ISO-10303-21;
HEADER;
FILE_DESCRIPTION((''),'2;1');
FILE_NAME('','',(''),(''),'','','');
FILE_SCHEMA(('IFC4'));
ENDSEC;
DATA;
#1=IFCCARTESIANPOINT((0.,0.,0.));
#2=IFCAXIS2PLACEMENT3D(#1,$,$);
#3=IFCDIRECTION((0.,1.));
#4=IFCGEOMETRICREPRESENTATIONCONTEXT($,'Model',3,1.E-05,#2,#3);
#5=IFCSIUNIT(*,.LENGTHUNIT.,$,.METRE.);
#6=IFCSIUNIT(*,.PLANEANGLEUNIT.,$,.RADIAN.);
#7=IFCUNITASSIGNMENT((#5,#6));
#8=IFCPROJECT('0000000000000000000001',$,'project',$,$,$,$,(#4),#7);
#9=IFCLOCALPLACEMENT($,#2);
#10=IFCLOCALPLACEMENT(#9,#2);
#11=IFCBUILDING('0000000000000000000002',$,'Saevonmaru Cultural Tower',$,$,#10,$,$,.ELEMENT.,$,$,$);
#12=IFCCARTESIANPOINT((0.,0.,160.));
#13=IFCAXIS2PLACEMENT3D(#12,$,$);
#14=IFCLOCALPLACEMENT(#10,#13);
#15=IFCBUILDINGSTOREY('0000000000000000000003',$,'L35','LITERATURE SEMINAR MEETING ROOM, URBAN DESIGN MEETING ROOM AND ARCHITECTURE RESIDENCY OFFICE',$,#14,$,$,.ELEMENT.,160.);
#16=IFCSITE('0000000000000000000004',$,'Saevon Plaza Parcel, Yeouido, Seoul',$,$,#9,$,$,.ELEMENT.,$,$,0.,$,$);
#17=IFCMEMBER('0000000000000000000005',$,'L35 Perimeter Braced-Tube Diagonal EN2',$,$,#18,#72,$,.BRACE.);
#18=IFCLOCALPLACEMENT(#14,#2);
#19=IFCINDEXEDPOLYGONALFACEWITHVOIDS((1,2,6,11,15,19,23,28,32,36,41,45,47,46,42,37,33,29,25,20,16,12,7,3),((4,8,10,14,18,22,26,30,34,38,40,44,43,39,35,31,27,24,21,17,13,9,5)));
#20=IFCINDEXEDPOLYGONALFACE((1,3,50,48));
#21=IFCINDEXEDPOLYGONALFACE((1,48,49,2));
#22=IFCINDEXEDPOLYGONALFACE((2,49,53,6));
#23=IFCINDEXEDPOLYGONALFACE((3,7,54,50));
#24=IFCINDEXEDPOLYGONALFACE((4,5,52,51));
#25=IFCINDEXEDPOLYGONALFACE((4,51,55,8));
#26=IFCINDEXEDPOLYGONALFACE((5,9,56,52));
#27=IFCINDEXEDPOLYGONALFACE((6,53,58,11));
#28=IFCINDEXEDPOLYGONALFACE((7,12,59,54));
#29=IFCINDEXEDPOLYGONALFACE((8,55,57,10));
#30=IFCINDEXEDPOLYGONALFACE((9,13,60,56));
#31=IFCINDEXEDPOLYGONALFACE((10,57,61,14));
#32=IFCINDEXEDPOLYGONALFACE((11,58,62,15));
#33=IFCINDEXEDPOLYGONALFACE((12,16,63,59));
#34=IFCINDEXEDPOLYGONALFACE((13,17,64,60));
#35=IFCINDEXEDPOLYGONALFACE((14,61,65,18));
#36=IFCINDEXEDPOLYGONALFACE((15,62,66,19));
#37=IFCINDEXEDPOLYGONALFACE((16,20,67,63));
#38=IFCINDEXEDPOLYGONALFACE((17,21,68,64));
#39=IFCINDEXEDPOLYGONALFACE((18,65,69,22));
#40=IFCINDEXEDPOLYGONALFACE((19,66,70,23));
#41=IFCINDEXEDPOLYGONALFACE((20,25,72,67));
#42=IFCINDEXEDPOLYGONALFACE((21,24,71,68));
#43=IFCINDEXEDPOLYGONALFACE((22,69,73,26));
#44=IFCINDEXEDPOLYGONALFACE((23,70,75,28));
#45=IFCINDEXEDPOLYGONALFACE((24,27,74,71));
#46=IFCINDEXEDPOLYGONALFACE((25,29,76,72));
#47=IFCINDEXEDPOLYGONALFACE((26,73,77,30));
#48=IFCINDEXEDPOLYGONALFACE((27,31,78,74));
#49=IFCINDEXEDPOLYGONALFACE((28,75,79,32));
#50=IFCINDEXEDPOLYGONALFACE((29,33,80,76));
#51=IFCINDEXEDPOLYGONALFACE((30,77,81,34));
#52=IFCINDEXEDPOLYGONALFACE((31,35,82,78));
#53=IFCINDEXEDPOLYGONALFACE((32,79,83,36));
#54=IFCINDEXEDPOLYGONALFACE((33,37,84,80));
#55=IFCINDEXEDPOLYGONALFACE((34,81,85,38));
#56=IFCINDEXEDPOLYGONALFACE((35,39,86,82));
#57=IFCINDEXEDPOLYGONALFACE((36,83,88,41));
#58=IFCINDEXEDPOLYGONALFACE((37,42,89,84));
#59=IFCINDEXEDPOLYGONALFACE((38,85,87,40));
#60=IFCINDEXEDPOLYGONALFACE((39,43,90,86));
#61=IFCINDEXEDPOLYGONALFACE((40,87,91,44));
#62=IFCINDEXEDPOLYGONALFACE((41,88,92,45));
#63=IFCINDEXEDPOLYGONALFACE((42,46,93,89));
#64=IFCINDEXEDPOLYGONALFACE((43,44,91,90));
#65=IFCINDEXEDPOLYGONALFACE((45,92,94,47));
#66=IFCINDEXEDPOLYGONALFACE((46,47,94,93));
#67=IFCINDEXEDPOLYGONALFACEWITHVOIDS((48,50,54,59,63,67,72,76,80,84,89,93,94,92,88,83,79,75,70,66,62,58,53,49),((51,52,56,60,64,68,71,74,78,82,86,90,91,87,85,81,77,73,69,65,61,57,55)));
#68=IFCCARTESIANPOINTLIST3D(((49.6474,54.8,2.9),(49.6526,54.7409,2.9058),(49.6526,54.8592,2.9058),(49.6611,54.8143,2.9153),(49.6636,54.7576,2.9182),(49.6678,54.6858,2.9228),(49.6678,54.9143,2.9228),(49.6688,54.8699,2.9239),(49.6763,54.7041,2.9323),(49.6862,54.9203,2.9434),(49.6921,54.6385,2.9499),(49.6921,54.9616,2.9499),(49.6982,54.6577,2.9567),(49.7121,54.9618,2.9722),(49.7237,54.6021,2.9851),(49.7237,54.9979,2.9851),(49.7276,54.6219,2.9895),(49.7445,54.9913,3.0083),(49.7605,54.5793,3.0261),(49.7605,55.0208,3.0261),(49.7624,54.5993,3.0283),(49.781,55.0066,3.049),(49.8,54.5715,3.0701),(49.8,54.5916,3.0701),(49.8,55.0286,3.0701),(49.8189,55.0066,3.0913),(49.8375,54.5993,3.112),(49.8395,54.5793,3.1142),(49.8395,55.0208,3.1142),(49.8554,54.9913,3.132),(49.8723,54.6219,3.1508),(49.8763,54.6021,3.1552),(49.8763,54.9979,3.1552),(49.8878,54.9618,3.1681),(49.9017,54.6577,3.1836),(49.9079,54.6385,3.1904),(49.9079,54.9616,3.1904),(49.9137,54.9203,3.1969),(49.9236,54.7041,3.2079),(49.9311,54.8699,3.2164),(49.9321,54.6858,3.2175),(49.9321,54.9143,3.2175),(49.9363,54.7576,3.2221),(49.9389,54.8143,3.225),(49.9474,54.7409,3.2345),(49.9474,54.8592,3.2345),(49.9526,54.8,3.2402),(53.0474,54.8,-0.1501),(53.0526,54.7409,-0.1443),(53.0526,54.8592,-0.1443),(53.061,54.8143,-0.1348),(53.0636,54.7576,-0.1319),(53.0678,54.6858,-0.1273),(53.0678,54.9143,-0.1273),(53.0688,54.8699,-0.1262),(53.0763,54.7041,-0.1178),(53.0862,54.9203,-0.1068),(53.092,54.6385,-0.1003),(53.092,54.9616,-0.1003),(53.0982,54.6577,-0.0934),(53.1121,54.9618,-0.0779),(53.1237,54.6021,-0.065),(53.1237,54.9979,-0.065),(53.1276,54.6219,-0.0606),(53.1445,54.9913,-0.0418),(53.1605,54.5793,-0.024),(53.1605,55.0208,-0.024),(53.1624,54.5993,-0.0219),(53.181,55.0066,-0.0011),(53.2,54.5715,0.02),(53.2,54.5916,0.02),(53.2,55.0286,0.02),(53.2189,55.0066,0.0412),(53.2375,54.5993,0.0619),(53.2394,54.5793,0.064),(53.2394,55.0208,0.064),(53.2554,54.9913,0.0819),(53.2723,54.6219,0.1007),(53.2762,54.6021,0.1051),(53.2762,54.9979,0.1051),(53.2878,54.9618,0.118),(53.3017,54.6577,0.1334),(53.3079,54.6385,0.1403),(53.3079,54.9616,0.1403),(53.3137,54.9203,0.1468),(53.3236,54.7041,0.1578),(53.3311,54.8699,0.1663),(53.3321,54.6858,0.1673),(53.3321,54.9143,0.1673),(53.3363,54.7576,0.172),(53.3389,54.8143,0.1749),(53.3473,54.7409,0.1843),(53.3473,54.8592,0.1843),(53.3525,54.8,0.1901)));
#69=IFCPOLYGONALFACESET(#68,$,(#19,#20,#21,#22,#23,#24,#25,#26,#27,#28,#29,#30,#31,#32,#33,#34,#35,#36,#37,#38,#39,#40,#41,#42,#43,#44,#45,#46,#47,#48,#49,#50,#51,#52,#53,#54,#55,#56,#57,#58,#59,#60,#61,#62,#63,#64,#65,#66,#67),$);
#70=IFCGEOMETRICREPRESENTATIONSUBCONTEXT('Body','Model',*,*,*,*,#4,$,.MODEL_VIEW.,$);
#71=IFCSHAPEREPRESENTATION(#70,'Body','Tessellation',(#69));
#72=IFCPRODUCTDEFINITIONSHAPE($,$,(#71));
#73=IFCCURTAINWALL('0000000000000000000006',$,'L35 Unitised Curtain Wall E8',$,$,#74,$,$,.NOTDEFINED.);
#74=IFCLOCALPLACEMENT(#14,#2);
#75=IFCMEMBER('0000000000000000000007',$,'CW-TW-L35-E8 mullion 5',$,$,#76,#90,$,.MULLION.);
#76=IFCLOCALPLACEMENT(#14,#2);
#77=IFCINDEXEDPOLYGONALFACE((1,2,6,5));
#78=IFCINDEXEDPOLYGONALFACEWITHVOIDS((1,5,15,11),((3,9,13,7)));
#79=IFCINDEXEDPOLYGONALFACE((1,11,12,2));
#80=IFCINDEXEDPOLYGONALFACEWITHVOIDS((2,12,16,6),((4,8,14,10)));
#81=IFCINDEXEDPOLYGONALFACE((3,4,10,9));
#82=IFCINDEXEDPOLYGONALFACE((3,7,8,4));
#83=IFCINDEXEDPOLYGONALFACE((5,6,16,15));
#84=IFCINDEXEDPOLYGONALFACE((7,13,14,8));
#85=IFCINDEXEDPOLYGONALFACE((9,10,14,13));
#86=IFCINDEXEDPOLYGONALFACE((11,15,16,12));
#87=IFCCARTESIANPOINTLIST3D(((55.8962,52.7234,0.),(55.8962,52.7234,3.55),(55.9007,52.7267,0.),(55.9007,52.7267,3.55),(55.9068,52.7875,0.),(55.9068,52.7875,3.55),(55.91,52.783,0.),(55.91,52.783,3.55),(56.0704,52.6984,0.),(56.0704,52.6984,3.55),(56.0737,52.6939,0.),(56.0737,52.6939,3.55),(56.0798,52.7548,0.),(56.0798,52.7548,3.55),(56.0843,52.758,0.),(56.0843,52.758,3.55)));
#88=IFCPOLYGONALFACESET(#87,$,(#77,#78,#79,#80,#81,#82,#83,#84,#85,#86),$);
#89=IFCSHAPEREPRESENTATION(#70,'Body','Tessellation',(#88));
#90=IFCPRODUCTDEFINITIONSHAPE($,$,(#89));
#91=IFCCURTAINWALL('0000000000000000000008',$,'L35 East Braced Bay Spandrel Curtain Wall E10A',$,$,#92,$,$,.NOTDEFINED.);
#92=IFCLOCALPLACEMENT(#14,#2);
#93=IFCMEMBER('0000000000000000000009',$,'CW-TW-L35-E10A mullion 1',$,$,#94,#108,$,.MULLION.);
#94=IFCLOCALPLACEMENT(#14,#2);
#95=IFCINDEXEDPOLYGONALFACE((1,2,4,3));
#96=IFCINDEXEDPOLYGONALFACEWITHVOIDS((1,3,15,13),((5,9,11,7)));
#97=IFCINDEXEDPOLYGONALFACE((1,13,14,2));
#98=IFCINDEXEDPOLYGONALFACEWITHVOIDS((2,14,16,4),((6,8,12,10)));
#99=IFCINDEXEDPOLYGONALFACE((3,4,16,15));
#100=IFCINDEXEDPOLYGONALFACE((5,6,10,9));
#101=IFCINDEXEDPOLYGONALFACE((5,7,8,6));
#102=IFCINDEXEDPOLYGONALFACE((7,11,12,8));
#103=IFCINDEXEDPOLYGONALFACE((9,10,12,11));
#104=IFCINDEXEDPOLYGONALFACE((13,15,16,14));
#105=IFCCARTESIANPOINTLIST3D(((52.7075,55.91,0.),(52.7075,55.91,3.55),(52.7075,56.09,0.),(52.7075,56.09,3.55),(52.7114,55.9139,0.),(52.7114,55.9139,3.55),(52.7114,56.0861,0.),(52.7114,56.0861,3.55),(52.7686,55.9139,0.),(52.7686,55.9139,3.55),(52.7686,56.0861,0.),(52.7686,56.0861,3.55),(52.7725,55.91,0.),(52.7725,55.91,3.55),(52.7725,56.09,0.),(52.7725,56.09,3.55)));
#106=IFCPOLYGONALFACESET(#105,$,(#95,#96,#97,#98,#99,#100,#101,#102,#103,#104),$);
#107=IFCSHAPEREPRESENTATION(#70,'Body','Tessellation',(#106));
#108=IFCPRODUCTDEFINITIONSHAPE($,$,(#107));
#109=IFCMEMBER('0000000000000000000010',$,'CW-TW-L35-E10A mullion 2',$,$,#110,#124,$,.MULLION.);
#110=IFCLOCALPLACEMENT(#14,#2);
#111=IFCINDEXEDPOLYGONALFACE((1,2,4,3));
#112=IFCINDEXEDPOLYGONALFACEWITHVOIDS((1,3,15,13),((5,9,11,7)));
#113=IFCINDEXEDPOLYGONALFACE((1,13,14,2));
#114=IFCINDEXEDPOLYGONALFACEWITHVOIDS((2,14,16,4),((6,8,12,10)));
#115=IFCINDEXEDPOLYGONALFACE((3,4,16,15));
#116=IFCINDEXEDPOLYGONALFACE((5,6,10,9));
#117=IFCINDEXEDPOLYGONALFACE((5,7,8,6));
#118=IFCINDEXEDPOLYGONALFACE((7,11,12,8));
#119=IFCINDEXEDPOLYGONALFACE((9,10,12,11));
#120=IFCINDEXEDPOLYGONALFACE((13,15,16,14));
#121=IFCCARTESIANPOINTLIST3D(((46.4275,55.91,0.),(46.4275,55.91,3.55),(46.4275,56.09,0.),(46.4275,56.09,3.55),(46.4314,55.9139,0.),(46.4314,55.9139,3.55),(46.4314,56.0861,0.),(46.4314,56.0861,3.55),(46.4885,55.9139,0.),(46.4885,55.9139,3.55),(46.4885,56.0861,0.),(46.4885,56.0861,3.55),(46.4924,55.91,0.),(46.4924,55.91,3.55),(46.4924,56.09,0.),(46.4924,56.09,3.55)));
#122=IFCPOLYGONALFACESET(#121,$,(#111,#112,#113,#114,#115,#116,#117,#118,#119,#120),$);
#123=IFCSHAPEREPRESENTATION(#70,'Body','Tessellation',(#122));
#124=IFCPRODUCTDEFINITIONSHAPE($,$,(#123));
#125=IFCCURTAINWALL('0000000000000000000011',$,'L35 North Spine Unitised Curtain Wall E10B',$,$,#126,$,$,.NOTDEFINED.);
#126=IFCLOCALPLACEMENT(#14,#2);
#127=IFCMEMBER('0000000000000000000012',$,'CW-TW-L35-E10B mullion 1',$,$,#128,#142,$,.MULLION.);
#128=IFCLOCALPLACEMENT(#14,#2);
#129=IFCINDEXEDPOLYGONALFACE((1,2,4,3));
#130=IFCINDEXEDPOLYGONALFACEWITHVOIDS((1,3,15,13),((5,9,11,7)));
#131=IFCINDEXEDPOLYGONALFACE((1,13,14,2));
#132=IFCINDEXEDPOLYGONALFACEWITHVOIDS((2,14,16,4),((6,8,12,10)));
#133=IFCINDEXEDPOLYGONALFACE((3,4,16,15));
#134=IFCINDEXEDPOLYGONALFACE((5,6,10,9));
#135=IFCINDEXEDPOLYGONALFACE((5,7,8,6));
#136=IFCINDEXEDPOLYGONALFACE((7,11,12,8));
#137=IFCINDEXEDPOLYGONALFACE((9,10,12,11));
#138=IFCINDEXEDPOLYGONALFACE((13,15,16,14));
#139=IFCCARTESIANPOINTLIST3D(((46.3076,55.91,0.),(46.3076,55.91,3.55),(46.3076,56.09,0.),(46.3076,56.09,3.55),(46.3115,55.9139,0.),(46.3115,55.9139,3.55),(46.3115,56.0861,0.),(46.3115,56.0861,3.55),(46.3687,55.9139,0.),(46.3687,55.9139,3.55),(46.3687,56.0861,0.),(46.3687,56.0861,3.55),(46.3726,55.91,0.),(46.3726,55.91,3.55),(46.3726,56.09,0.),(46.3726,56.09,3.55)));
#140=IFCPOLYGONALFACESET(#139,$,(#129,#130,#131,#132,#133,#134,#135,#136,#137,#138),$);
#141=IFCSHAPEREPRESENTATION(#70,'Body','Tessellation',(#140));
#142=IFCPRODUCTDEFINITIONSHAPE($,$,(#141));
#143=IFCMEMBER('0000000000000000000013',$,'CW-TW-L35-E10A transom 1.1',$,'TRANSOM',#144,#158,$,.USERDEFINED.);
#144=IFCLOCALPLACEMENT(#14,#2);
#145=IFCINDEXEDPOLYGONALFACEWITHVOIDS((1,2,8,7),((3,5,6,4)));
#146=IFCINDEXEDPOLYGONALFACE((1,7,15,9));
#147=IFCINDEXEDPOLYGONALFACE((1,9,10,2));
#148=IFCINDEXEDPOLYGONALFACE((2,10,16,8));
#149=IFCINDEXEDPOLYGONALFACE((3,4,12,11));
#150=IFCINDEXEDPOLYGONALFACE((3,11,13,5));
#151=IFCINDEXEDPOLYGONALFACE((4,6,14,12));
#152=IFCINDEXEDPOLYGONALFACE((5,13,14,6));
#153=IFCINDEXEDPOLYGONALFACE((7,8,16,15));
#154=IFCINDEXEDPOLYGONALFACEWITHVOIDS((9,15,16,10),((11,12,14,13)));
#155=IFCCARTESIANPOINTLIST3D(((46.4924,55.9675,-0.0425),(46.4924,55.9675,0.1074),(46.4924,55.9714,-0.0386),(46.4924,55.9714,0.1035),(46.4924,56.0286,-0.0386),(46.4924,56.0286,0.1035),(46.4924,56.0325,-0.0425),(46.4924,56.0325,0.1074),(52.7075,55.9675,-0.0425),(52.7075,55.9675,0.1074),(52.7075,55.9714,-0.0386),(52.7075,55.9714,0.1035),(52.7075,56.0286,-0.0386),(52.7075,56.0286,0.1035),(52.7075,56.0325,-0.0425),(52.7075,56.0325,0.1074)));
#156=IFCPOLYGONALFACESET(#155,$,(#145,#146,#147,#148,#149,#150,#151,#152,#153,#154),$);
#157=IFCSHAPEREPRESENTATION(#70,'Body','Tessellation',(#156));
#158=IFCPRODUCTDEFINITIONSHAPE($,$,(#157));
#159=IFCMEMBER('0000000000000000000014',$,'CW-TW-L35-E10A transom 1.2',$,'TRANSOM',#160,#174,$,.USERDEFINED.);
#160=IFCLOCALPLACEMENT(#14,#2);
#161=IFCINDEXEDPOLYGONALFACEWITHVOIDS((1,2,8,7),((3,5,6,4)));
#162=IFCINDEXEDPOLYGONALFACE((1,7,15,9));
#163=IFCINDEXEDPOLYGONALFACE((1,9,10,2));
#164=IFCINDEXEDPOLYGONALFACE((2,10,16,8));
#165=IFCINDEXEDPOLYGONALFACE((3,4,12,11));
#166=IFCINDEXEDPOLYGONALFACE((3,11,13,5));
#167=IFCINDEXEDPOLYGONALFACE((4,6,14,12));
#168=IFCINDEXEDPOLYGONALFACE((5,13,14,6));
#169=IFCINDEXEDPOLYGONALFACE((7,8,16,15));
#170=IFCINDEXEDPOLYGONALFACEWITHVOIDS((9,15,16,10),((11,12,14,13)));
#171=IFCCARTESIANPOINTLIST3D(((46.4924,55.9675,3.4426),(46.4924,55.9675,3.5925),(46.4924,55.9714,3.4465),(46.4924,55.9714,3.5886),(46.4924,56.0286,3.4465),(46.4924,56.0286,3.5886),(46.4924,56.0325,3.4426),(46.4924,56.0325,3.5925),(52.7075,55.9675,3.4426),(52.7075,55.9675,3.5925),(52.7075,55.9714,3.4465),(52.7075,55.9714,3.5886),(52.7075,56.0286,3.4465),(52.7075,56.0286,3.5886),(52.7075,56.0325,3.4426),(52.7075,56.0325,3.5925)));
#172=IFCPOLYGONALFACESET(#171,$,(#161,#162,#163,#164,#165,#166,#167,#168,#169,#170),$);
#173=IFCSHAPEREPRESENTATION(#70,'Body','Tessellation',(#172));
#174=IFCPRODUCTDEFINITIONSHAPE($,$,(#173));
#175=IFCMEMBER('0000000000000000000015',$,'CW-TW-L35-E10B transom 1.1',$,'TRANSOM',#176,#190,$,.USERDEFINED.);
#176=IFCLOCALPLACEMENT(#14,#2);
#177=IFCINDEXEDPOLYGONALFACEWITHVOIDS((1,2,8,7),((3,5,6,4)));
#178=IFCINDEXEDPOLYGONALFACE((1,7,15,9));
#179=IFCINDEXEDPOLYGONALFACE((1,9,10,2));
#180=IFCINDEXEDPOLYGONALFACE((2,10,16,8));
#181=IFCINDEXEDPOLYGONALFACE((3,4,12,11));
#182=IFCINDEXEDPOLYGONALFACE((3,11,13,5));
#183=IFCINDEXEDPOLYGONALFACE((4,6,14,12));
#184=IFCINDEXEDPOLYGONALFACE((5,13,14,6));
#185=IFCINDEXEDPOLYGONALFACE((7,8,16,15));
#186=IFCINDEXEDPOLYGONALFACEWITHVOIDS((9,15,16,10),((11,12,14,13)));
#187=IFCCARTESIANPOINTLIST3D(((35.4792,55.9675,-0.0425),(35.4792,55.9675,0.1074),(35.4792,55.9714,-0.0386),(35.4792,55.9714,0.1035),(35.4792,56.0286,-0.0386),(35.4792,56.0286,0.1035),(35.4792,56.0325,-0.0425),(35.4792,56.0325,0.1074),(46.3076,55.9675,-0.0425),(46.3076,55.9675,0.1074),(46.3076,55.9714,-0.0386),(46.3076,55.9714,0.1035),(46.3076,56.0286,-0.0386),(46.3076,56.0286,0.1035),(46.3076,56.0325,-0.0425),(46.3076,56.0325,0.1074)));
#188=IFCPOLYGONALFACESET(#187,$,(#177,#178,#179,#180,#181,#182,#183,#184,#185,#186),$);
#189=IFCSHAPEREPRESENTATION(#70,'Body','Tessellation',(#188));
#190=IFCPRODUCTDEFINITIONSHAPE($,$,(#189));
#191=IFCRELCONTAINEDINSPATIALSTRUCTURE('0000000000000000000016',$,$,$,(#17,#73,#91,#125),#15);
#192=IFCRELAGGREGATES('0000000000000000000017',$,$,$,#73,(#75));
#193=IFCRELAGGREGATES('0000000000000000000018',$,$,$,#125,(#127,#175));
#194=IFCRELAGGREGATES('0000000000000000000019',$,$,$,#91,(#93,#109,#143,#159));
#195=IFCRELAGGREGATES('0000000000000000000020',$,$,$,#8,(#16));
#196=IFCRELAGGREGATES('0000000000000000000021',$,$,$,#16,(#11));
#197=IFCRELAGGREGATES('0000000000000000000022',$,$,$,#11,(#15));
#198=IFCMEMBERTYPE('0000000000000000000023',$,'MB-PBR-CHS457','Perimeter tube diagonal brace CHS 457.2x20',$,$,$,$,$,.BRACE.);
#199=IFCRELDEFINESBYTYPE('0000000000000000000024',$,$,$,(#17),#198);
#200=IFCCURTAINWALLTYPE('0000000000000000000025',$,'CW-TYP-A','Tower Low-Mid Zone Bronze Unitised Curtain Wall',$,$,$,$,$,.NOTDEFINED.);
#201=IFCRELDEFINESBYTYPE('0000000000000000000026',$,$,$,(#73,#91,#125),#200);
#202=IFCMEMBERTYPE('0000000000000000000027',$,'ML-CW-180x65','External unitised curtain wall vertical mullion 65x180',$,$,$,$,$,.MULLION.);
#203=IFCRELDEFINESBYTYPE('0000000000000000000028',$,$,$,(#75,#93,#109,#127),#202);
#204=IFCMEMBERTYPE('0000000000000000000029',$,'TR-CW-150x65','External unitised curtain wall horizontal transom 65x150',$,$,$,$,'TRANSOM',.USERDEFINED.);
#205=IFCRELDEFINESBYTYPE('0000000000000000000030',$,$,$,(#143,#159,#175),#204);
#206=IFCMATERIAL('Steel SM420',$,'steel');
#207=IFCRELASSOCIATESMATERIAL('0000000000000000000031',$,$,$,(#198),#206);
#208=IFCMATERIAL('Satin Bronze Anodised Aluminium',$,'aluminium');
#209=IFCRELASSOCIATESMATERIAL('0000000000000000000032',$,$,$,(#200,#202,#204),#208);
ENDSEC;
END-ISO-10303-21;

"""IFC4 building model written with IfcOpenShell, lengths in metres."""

from ifc_helpers import new_model, si_unit, direction, frame, origin, origin_2d, place, context, subcontext, project, spatial, hollow_rectangle, hollow_circle, extrude, material, material_profile, profile_set, type_object, element, aggregate, save


model = new_model("IFC4")

# Units and contexts
model_context = context("Model", 3, precision=1e-05, world=origin(), true_north=direction((0.0, 1.0)))
body_context = subcontext(model_context, "Body", "Model", "MODEL_VIEW")
ifc_project = project(units=[si_unit("LENGTHUNIT", "METRE"), si_unit("PLANEANGLEUNIT", "RADIAN")], contexts=[model_context])

# Site, building, storey
site_placement = place(None, origin())
site = spatial("IfcSite", under=ifc_project, at=site_placement, Name="Saevon Plaza Parcel, Yeouido, Seoul", CompositionType="ELEMENT", RefElevation=0.0)
building_placement = place(site_placement, origin())
building = spatial("IfcBuilding", under=site, at=building_placement, Name="Saevonmaru Cultural Tower", CompositionType="ELEMENT")
storey_placement = place(building_placement, frame((0.0, 0.0, 160.0)))
storey = spatial("IfcBuildingStorey", under=building, at=storey_placement, Name="L35", Description="LITERATURE SEMINAR MEETING ROOM, URBAN DESIGN MEETING ROOM AND ARCHITECTURE RESIDENCY OFFICE", CompositionType="ELEMENT", Elevation=160.0)

# Shared definitions
ifc_material_1 = material(Name="Steel SM420", Category="steel")

# Member
ifc_material_profile_1 = material_profile(ifc_material_1, hollow_circle(Radius=0.2285, WallThickness=0.02, at=origin_2d()), Name="CHS-457.2x20")
ifc_profile_set_1 = profile_set([ifc_material_profile_1], Name="Steel SM420")
member_type_1 = type_object("IfcMemberType", Name="MB-PBR-CHS457", Description="Perimeter tube diagonal brace CHS 457.2x20", PredefinedType="BRACE", material=ifc_profile_set_1)
for number, where, z_axis, x_axis, name in (
    (1, (53.2, 54.8, 0.02), (-0.744367, 0.0, 0.667771), (0.0, -1.0, 0.0), "L35 Perimeter Braced-Tube Diagonal EN2"),
):
    element("IfcMember", number, at=place(storey_placement, frame(where, z_axis=z_axis, x_axis=x_axis)), inside=storey, type_object=member_type_1, Name=name, PredefinedType="BRACE", context=body_context, shape_type="SweptSolid", body=[
        extrude(hollow_circle(Radius=0.2285, WallThickness=0.02, at=origin_2d()), origin(), (0.0, 0.0, 1.0), 4.5676),
    ])

# Curtain wall, member
ifc_material_2 = material(Name="Satin Bronze Anodised Aluminium", Category="aluminium")
curtain_wall_type = type_object("IfcCurtainWallType", Name="CW-TYP-A", Description="Tower Low-Mid Zone Bronze Unitised Curtain Wall", PredefinedType="NOTDEFINED", material=ifc_material_2)
curtain_wall_1_placement = place(storey_placement, origin())
curtain_wall_1 = element("IfcCurtainWall", 2, at=curtain_wall_1_placement, inside=storey, type_object=curtain_wall_type, Name="L35 Unitised Curtain Wall E8", PredefinedType="NOTDEFINED")
ifc_material_profile_2 = material_profile(ifc_material_2, hollow_rectangle(XDim=0.0649, YDim=0.1799, WallThickness=0.0039, at=origin_2d()), Name="ALU-MULL-180x65x4")
ifc_profile_set_2 = profile_set([ifc_material_profile_2], Name="Satin Bronze Anodised Aluminium")
member_type_2 = type_object("IfcMemberType", Name="ML-CW-180x65", Description="External unitised curtain wall vertical mullion 65x180", PredefinedType="MULLION", material=ifc_profile_set_2)
member_1_placement = place(storey_placement, frame((55.9902, 52.7407, 0.0), z_axis=(0.0, 0.0, 1.0), x_axis=(0.163999, 0.986461, 0.0)))
member_1 = element("IfcMember", 3, at=member_1_placement, type_object=member_type_2, Name="CW-TW-L35-E8 mullion 5", PredefinedType="MULLION", context=body_context, shape_type="SweptSolid", body=[
    extrude(hollow_rectangle(XDim=0.0649, YDim=0.1799, WallThickness=0.0039, at=origin_2d()), origin(), (0.0, 0.0, 1.0), 3.55),
])
aggregate(curtain_wall_1, [member_1])

# Curtain wall, members
curtain_wall_2_placement = place(storey_placement, origin())
curtain_wall_2 = element("IfcCurtainWall", 4, at=curtain_wall_2_placement, inside=storey, type_object=curtain_wall_type, Name="L35 East Braced Bay Spandrel Curtain Wall E10A", PredefinedType="NOTDEFINED")
member_2_placement = place(storey_placement, frame((52.74, 56.0, 0.0), z_axis=(0.0, 0.0, 1.0), x_axis=(-1.0, 0.0, 0.0)))
member_2 = element("IfcMember", 5, at=member_2_placement, type_object=member_type_2, Name="CW-TW-L35-E10A mullion 1", PredefinedType="MULLION", context=body_context, shape_type="SweptSolid", body=[
    extrude(hollow_rectangle(XDim=0.0649, YDim=0.1799, WallThickness=0.0039, at=origin_2d()), origin(), (0.0, 0.0, 1.0), 3.55),
])
member_3_placement = place(storey_placement, frame((46.46, 56.0, 0.0), z_axis=(0.0, 0.0, 1.0), x_axis=(-1.0, 0.0, 0.0)))
member_3 = element("IfcMember", 6, at=member_3_placement, type_object=member_type_2, Name="CW-TW-L35-E10A mullion 2", PredefinedType="MULLION", context=body_context, shape_type="SweptSolid", body=[
    extrude(hollow_rectangle(XDim=0.0649, YDim=0.1799, WallThickness=0.0039, at=origin_2d()), origin(), (0.0, 0.0, 1.0), 3.55),
])

# Curtain wall, member
curtain_wall_3_placement = place(storey_placement, origin())
curtain_wall_3 = element("IfcCurtainWall", 7, at=curtain_wall_3_placement, inside=storey, type_object=curtain_wall_type, Name="L35 North Spine Unitised Curtain Wall E10B", PredefinedType="NOTDEFINED")
member_4_placement = place(storey_placement, frame((46.3401, 56.0, 0.0), z_axis=(0.0, 0.0, 1.0), x_axis=(-1.0, 0.0, 0.0)))
member_4 = element("IfcMember", 8, at=member_4_placement, type_object=member_type_2, Name="CW-TW-L35-E10B mullion 1", PredefinedType="MULLION", context=body_context, shape_type="SweptSolid", body=[
    extrude(hollow_rectangle(XDim=0.0649, YDim=0.1799, WallThickness=0.0039, at=origin_2d()), origin(), (0.0, 0.0, 1.0), 3.55),
])

# Members
ifc_material_profile_3 = material_profile(ifc_material_2, hollow_rectangle(XDim=0.0649, YDim=0.1499, WallThickness=0.0039, at=origin_2d()), Name="ALU-TRAN-150x65x4")
ifc_profile_set_3 = profile_set([ifc_material_profile_3], Name="Satin Bronze Anodised Aluminium")
member_type_3 = type_object("IfcMemberType", Name="TR-CW-150x65", Description="External unitised curtain wall horizontal transom 65x150", ElementType="TRANSOM", PredefinedType="USERDEFINED", material=ifc_profile_set_3)
member_5_placement = place(storey_placement, frame((52.7075, 56.0, 0.0325), z_axis=(-1.0, 0.0, 0.0), x_axis=(0.0, -1.0, 0.0)))
member_5 = element("IfcMember", 9, at=member_5_placement, type_object=member_type_3, Name="CW-TW-L35-E10A transom 1.1", ObjectType="TRANSOM", PredefinedType="USERDEFINED", context=body_context, shape_type="SweptSolid", body=[
    extrude(hollow_rectangle(XDim=0.0649, YDim=0.1499, WallThickness=0.0039, at=origin_2d()), origin(), (0.0, 0.0, 1.0), 6.2151),
])
member_6_placement = place(storey_placement, frame((52.7075, 56.0, 3.5176), z_axis=(-1.0, 0.0, 0.0), x_axis=(0.0, -1.0, 0.0)))
member_6 = element("IfcMember", 10, at=member_6_placement, type_object=member_type_3, Name="CW-TW-L35-E10A transom 1.2", ObjectType="TRANSOM", PredefinedType="USERDEFINED", context=body_context, shape_type="SweptSolid", body=[
    extrude(hollow_rectangle(XDim=0.0649, YDim=0.1499, WallThickness=0.0039, at=origin_2d()), origin(), (0.0, 0.0, 1.0), 6.2151),
])
member_7_placement = place(storey_placement, frame((46.3076, 56.0, 0.0325), z_axis=(-1.0, 0.0, 0.0), x_axis=(0.0, -1.0, 0.0)))
member_7 = element("IfcMember", 11, at=member_7_placement, type_object=member_type_3, Name="CW-TW-L35-E10B transom 1.1", ObjectType="TRANSOM", PredefinedType="USERDEFINED", context=body_context, shape_type="SweptSolid", body=[
    extrude(hollow_rectangle(XDim=0.0649, YDim=0.1499, WallThickness=0.0039, at=origin_2d()), origin(), (0.0, 0.0, 1.0), 10.8284),
])
aggregate(curtain_wall_3, [member_4, member_7])

aggregate(curtain_wall_2, [member_2, member_3, member_5, member_6])

save(model, "model.ifc")
